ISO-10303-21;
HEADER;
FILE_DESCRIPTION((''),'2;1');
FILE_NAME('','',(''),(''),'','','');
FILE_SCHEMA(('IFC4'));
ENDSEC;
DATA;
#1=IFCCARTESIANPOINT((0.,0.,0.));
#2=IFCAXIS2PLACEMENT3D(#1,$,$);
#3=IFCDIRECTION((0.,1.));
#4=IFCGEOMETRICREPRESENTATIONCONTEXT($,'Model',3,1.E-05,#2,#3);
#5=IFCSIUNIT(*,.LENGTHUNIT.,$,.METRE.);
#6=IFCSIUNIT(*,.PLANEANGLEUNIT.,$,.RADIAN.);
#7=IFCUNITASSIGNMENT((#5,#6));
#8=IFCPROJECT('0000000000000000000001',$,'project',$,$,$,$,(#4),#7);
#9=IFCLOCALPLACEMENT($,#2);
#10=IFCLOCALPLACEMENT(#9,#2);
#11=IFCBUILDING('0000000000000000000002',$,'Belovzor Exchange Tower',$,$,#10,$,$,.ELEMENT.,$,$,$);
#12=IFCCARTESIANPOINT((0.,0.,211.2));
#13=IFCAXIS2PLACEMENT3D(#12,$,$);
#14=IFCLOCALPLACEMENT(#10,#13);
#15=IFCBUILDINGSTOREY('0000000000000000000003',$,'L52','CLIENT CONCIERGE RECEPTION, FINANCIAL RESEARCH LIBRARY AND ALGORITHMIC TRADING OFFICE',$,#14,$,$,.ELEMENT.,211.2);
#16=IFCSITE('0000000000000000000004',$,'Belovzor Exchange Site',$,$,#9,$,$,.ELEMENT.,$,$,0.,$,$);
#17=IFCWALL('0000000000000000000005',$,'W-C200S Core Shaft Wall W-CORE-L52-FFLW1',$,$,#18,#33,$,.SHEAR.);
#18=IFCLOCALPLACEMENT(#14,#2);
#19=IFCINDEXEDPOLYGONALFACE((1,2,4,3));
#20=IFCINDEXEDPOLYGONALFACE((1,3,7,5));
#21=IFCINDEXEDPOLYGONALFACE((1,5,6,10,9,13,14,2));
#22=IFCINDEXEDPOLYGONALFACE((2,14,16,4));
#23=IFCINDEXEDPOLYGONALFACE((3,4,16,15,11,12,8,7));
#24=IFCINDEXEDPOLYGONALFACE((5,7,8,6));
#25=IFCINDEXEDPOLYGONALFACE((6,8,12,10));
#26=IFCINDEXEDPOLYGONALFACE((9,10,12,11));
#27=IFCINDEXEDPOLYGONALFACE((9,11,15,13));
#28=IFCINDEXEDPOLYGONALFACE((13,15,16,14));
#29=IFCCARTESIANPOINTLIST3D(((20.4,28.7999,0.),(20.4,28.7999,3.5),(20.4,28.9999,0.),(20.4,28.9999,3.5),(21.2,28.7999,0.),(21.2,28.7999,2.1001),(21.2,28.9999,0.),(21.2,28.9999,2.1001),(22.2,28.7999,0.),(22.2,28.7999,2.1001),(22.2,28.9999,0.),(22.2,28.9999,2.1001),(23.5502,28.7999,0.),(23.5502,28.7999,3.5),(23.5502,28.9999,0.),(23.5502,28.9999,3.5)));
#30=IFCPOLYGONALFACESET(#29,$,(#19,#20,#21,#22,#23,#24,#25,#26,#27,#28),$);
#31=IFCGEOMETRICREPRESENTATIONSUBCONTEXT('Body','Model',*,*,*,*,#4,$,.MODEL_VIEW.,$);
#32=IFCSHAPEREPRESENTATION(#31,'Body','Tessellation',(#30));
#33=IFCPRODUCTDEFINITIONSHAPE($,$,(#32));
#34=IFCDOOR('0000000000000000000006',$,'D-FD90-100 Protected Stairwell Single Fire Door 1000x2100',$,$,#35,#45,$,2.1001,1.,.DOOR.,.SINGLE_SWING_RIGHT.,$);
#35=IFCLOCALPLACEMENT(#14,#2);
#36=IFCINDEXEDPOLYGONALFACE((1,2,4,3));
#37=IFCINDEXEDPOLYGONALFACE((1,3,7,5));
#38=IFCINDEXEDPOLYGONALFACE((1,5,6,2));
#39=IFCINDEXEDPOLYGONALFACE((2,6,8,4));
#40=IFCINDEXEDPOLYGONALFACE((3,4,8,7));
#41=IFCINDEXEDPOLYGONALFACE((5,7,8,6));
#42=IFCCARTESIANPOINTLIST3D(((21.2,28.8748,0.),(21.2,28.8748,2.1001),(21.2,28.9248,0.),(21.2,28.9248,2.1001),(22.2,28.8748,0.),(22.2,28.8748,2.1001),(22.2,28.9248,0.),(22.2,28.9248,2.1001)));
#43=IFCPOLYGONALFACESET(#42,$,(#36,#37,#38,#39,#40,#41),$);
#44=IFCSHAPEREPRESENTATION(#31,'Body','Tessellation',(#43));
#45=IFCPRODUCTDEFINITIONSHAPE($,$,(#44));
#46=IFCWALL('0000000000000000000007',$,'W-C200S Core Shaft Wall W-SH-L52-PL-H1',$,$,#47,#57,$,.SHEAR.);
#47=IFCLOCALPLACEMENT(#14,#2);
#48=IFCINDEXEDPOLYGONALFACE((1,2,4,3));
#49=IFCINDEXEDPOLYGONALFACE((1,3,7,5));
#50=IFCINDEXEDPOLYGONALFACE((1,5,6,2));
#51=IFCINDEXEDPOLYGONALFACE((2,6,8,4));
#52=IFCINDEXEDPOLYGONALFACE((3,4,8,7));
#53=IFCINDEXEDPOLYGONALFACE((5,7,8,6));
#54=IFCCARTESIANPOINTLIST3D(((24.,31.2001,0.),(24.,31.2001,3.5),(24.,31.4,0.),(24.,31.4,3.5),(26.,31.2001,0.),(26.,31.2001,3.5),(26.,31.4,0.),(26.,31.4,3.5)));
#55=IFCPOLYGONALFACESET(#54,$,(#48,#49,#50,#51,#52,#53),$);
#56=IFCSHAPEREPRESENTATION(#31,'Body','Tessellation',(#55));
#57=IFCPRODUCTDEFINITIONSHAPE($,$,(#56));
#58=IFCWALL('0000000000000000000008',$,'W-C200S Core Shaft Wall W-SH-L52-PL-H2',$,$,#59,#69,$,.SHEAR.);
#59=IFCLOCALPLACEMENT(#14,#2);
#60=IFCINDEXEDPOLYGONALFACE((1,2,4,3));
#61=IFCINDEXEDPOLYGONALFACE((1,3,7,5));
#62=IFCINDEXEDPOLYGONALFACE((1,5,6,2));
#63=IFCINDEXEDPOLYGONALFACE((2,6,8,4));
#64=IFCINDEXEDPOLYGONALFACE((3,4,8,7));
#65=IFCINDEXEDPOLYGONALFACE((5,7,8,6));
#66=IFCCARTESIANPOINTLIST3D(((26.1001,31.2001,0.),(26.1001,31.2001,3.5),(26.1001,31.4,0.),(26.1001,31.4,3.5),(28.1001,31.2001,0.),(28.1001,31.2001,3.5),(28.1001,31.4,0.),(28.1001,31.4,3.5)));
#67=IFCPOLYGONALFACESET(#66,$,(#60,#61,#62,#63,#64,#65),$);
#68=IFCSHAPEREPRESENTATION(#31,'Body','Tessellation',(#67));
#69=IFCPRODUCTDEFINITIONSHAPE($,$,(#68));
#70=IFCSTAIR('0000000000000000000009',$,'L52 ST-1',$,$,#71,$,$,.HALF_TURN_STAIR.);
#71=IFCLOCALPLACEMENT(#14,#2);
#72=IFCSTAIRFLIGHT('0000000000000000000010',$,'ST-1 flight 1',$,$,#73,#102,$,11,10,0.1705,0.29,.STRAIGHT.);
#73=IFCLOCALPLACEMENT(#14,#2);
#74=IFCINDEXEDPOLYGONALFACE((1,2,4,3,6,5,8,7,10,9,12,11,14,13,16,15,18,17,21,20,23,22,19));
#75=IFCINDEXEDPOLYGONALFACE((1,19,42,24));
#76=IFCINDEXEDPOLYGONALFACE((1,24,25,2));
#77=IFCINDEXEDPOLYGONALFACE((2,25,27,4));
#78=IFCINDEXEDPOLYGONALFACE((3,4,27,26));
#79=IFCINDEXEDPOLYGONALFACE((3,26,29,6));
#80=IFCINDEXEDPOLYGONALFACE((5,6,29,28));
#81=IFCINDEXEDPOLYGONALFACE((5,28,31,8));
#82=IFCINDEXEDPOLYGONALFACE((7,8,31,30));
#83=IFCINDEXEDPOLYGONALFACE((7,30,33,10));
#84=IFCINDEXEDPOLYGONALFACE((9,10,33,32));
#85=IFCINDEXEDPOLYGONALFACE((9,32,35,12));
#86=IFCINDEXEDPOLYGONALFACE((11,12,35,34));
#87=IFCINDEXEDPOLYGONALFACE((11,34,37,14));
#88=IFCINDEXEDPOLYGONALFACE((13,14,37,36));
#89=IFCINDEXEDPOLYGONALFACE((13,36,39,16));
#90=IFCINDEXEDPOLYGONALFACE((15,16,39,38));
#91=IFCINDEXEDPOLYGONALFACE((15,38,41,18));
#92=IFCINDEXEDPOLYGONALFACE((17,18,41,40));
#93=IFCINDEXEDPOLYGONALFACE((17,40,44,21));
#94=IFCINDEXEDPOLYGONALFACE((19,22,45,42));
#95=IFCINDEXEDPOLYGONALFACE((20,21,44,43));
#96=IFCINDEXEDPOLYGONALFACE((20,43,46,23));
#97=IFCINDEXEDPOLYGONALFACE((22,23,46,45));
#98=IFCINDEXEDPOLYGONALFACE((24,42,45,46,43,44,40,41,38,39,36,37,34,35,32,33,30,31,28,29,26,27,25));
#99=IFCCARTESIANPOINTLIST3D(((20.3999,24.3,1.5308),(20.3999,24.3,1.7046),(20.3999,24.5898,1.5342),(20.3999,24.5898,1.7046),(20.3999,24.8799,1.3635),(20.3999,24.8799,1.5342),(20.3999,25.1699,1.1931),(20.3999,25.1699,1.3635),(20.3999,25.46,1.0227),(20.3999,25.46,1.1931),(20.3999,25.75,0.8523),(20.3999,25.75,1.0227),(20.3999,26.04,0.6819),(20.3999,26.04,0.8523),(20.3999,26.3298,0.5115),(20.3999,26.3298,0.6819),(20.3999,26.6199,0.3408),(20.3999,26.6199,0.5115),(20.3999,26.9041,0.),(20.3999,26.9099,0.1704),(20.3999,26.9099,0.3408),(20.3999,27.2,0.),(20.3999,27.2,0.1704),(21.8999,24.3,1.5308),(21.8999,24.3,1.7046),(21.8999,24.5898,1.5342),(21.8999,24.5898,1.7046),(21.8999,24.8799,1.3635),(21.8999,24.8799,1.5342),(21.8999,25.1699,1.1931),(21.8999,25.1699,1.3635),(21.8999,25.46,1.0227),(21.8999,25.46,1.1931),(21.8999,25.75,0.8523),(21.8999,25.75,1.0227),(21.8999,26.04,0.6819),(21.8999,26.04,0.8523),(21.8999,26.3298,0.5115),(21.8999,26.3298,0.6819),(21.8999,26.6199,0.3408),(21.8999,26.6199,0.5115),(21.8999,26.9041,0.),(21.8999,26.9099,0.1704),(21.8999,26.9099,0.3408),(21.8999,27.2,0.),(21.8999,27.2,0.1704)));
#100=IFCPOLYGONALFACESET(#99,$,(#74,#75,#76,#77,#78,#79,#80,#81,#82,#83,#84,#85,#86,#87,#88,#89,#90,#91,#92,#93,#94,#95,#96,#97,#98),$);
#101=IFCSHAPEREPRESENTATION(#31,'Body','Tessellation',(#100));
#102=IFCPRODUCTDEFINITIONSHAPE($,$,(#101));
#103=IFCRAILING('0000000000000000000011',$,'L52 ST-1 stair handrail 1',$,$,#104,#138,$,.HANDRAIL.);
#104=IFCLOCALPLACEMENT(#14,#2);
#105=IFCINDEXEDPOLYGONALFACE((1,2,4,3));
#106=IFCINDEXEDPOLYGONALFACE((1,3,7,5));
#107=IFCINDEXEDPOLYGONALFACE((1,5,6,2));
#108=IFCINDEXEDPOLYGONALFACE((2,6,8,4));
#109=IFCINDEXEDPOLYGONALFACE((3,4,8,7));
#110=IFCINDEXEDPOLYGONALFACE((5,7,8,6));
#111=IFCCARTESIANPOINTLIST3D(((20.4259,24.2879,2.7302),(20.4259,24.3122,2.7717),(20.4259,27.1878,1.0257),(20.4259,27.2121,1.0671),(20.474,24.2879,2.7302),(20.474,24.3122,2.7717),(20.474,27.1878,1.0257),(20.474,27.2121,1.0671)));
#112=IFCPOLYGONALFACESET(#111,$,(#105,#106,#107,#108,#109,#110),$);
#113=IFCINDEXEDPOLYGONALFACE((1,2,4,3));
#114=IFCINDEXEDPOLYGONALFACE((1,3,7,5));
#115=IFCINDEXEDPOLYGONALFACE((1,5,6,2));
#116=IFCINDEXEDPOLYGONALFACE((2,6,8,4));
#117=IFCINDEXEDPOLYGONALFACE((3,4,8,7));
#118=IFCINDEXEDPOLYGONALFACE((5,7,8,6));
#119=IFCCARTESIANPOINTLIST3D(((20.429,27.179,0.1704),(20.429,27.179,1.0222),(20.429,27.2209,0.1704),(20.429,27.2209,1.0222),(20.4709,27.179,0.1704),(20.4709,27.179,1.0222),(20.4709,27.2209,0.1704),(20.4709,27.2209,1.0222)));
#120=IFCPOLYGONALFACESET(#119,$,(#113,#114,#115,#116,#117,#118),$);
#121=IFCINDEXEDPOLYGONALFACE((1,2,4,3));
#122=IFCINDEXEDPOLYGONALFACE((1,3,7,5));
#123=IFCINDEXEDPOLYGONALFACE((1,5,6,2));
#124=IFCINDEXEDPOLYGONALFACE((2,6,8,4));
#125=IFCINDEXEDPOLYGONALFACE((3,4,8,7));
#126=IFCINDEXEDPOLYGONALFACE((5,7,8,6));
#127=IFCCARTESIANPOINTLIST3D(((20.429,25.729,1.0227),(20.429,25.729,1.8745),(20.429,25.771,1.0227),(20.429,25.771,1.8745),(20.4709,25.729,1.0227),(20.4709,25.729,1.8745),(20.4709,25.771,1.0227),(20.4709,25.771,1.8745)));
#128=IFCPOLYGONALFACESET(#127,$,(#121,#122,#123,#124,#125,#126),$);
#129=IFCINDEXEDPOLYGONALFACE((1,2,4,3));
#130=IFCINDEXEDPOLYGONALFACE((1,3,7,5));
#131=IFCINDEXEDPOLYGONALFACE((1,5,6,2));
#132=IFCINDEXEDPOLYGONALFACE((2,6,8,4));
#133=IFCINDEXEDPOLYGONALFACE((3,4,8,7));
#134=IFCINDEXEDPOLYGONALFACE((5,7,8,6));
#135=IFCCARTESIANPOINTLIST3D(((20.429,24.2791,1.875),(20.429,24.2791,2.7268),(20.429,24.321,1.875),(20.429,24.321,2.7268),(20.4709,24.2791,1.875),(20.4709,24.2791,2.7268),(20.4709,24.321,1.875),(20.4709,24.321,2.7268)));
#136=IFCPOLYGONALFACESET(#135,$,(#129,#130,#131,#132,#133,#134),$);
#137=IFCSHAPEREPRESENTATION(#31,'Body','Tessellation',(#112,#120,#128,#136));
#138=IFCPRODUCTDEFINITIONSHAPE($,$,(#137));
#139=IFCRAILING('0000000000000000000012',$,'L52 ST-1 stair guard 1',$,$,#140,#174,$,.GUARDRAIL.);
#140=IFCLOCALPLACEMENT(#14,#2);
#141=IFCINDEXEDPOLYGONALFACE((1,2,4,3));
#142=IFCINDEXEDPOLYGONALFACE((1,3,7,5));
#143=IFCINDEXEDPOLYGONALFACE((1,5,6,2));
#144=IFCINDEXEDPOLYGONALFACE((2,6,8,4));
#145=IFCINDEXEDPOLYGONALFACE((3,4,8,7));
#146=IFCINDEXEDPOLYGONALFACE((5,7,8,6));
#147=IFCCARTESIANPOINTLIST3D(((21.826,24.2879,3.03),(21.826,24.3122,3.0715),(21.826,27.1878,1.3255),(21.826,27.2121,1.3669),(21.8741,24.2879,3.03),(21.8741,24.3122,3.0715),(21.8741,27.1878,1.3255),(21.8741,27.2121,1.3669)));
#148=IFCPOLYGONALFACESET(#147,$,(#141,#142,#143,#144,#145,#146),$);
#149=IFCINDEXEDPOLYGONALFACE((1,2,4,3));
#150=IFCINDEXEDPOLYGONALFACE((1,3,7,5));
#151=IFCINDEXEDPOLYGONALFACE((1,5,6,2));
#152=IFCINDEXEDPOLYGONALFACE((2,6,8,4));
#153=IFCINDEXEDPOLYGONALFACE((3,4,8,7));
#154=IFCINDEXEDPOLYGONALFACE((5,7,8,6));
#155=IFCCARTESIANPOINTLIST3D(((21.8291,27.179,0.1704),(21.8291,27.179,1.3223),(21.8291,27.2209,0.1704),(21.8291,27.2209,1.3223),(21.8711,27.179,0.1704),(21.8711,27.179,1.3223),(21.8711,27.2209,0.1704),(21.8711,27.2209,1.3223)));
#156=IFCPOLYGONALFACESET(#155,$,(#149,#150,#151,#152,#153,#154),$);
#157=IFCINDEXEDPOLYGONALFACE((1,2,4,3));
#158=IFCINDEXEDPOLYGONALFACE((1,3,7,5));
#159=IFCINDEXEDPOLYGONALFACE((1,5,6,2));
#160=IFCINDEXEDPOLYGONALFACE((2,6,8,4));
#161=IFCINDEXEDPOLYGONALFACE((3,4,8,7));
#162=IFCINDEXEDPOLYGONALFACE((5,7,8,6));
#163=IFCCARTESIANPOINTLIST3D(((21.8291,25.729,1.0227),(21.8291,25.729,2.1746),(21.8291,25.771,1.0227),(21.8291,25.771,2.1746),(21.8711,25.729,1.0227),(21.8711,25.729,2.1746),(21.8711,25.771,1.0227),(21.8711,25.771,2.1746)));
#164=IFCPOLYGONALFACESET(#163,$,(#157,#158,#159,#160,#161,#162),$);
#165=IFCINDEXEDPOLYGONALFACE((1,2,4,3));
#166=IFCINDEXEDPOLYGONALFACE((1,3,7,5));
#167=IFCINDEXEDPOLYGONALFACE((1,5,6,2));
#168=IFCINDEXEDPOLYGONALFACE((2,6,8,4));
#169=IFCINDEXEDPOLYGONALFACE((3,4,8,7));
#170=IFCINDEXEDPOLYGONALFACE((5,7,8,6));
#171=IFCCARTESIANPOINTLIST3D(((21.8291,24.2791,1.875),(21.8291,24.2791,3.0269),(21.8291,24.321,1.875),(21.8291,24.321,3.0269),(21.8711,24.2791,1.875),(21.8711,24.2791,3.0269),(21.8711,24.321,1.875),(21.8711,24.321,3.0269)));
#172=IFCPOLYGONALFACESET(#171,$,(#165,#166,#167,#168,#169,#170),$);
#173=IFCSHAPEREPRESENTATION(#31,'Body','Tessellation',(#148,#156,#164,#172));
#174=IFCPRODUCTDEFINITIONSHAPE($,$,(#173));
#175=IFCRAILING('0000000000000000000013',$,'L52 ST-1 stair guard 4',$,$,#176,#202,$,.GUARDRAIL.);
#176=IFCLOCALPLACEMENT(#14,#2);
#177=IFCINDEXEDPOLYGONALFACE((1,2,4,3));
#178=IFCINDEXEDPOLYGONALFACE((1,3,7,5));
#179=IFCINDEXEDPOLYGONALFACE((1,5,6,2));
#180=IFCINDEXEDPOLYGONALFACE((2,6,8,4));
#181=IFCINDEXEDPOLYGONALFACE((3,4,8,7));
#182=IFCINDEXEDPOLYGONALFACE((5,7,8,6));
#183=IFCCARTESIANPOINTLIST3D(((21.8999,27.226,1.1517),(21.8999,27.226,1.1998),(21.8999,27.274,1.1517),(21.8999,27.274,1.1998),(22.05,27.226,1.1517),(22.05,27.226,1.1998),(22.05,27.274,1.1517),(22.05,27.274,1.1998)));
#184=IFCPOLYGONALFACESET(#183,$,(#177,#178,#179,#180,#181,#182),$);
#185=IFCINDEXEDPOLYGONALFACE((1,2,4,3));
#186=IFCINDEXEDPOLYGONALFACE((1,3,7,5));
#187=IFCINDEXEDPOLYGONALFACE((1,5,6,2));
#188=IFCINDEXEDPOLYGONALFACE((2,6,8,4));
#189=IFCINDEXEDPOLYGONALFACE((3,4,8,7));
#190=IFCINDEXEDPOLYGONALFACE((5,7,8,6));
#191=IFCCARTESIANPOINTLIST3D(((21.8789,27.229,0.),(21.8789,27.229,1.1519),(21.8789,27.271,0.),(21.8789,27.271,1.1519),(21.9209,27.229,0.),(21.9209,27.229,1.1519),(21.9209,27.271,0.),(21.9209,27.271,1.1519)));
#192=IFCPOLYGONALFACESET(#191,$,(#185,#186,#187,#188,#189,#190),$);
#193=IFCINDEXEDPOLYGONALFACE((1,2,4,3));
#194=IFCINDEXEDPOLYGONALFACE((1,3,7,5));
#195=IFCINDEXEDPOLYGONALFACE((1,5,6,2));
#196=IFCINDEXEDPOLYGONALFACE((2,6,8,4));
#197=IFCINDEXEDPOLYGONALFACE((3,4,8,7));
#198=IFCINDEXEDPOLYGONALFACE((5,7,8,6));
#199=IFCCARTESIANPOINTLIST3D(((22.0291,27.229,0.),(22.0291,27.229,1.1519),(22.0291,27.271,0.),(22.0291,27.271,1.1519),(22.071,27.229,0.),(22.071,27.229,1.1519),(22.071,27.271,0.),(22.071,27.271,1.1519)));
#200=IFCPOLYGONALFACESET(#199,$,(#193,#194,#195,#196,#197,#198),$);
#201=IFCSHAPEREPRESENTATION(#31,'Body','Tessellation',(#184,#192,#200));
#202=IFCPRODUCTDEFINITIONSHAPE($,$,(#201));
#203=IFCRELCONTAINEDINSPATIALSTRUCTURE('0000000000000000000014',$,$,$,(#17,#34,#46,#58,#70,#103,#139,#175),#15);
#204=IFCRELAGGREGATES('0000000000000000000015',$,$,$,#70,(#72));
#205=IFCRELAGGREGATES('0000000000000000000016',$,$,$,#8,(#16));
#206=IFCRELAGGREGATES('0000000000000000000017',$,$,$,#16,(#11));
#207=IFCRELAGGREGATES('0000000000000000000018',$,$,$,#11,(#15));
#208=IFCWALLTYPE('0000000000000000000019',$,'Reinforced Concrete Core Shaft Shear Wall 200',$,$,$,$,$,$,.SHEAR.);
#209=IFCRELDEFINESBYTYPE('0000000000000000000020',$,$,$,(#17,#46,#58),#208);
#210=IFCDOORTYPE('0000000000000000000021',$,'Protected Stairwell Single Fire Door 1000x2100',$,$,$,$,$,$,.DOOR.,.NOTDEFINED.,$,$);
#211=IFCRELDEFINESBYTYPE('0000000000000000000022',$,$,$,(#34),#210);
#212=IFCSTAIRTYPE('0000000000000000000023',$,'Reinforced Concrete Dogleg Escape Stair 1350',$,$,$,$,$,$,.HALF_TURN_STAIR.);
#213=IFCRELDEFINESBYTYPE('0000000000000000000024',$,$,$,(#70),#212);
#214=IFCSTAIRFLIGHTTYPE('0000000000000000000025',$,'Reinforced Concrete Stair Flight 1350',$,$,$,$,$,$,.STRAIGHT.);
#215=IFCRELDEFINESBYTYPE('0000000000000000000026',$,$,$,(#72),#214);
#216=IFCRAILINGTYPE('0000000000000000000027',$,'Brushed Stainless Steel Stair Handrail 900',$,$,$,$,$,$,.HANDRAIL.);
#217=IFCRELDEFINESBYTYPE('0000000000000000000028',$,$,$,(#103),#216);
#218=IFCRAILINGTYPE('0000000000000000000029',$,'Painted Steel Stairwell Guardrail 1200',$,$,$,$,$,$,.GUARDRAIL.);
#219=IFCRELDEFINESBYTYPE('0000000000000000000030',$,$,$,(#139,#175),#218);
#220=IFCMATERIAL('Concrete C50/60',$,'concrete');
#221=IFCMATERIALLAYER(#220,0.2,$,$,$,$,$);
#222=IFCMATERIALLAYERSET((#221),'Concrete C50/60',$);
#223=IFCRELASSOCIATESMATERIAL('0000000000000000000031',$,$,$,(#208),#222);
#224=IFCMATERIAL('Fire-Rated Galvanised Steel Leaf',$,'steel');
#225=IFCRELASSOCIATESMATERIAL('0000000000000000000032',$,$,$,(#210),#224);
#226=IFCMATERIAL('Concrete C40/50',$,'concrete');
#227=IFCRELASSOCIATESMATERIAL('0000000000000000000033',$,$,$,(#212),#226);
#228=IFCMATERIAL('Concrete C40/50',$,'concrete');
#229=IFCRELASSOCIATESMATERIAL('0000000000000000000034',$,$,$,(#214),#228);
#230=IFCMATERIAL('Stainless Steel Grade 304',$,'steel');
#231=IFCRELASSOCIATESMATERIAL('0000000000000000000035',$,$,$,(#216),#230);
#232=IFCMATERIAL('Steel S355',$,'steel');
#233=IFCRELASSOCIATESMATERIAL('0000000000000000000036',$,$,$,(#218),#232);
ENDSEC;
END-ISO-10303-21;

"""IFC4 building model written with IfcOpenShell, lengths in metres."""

from ifc_helpers import new_model, si_unit, direction, frame, frame_2d, origin, origin_2d, place, context, subcontext, project, spatial, polyline, rectangle, outline, extrude, material, layer, layer_set, type_object, element, fill, aggregate, save


model = new_model("IFC4")

# Units and contexts
model_context = context("Model", 3, precision=1e-05, world=origin(), true_north=direction((0.0, 1.0)))
body_context = subcontext(model_context, "Body", "Model", "MODEL_VIEW")
ifc_project = project(units=[si_unit("LENGTHUNIT", "METRE"), si_unit("PLANEANGLEUNIT", "RADIAN")], contexts=[model_context])

# Site, building, storey
site_placement = place(None, origin())
site = spatial("IfcSite", under=ifc_project, at=site_placement, Name="Belovzor Exchange Site", CompositionType="ELEMENT", RefElevation=0.0)
building_placement = place(site_placement, origin())
building = spatial("IfcBuilding", under=site, at=building_placement, Name="Belovzor Exchange Tower", CompositionType="ELEMENT")
storey_placement = place(building_placement, frame((0.0, 0.0, 211.2)))
storey = spatial("IfcBuildingStorey", under=building, at=storey_placement, Name="L52", Description="CLIENT CONCIERGE RECEPTION, FINANCIAL RESEARCH LIBRARY AND ALGORITHMIC TRADING OFFICE", CompositionType="ELEMENT", Elevation=211.2)

# Wall, opening, door
ifc_material_1 = material(Name="Concrete C50/60", Category="concrete")
ifc_layer_1 = layer(ifc_material_1, 0.2)
ifc_layer_set_1 = layer_set([ifc_layer_1], Name="Concrete C50/60")
wall_type_1 = type_object("IfcWallType", Name="Reinforced Concrete Core Shaft Shear Wall 200", PredefinedType="SHEAR", material=ifc_layer_set_1)
wall_1_placement = place(storey_placement, frame((20.3999, 28.8999, 0.0), z_axis=(0.0, 0.0, 1.0), x_axis=(1.0, 0.0, 0.0)))
wall_1 = element("IfcWall", 1, at=wall_1_placement, inside=storey, type_object=wall_type_1, Name="W-C200S Core Shaft Wall W-CORE-L52-FFLW1", PredefinedType="SHEAR", context=body_context, shape_type="SweptSolid", body=[
    extrude(rectangle(XDim=3.1501, YDim=0.2, at=frame_2d((1.5752, 0.0))), origin(), (0.0, 0.0, 1.0), 3.5),
])
opening_1_placement = place(wall_1_placement, frame((0.8, 0.0, 0.0)))
opening_1 = element("IfcOpeningElement", 2, at=opening_1_placement, cuts=wall_1, PredefinedType="OPENING", context=body_context, shape_type="SweptSolid", body=[
    extrude(rectangle(XDim=1.0, YDim=2.1001, at=frame_2d((0.5, 1.05))), frame((0.0, 0.1099, 0.0), z_axis=(0.0, -1.0, 0.0), x_axis=(1.0, 0.0, 0.0)), (0.0, 0.0, 1.0), 0.22),
])
ifc_material_2 = material(Name="Fire-Rated Galvanised Steel Leaf", Category="steel")
door_type_1 = type_object("IfcDoorType", Name="Protected Stairwell Single Fire Door 1000x2100", OperationType="NOTDEFINED", PredefinedType="DOOR", material=ifc_material_2)
door_1_placement = place(opening_1_placement, origin())
door_1 = element("IfcDoor", 3, at=door_1_placement, inside=storey, type_object=door_type_1, Name="D-FD90-100 Protected Stairwell Single Fire Door 1000x2100", OperationType="SINGLE_SWING_RIGHT", OverallHeight=2.1001, OverallWidth=1.0, PredefinedType="DOOR", context=body_context, shape_type="SweptSolid", body=[
    extrude(rectangle(XDim=1.0, YDim=2.1001, at=frame_2d((0.5, 1.05))), frame((0.0, 0.0249, 0.0), z_axis=(0.0, -1.0, 0.0), x_axis=(1.0, 0.0, 0.0)), (0.0, 0.0, 1.0), 0.05),
])
fill(opening_1, door_1)

# Walls
for number, where, z_axis, x_axis, name in (
    (4, (24.0, 31.3, 0.0), (0.0, 0.0, 1.0), (1.0, 0.0, 0.0), "W-C200S Core Shaft Wall W-SH-L52-PL-H1"),
    (5, (26.1001, 31.3, 0.0), (0.0, 0.0, 1.0), (1.0, 0.0, 0.0), "W-C200S Core Shaft Wall W-SH-L52-PL-H2"),
):
    element("IfcWall", number, at=place(storey_placement, frame(where, z_axis=z_axis, x_axis=x_axis)), inside=storey, type_object=wall_type_1, Name=name, PredefinedType="SHEAR", context=body_context, shape_type="SweptSolid", body=[
        extrude(rectangle(XDim=2.0, YDim=0.2, at=frame_2d((1.0, 0.0))), origin(), (0.0, 0.0, 1.0), 3.5),
    ])

# Stair, stair flight
ifc_material_3 = material(Name="Concrete C40/50", Category="concrete")
stair_type = type_object("IfcStairType", Name="Reinforced Concrete Dogleg Escape Stair 1350", PredefinedType="HALF_TURN_STAIR", material=ifc_material_3)
stair_placement = place(storey_placement, origin())
stair = element("IfcStair", 6, at=stair_placement, inside=storey, type_object=stair_type, Name="L52 ST-1", PredefinedType="HALF_TURN_STAIR")
ifc_material_4 = material(Name="Concrete C40/50", Category="concrete")
stair_flight_type = type_object("IfcStairFlightType", Name="Reinforced Concrete Stair Flight 1350", PredefinedType="STRAIGHT", material=ifc_material_4)
stair_flight_placement = place(storey_placement, frame((21.1499, 27.2, 0.0), z_axis=(0.0, 0.0, 1.0), x_axis=(0.0, -1.0, 0.0)))
stair_flight = element("IfcStairFlight", 7, at=stair_flight_placement, type_object=stair_flight_type, Name="ST-1 flight 1", NumberOfRisers=11, NumberOfTreads=10, PredefinedType="STRAIGHT", RiserHeight=0.1705, TreadLength=0.29, context=body_context, shape_type="SweptSolid", body=[
    extrude(outline(polyline([(0.0, 0.0), (0.0, 0.1704), (0.29, 0.1704), (0.29, 0.3408), (0.5801, 0.3408), (0.5801, 0.5115), (0.8701, 0.5115), (0.8701, 0.6819), (1.1599, 0.6819), (1.1599, 0.8523), (1.45, 0.8523), (1.45, 1.0227), (1.74, 1.0227), (1.74, 1.1931), (2.03, 1.1931), (2.03, 1.3635), (2.3201, 1.3635), (2.3201, 1.5342), (2.6101, 1.5342), (2.6101, 1.7046), (2.8999, 1.7046), (2.8999, 1.875), (2.8999, 1.5308), (0.2959, 0.0), (0.0, 0.0)])), frame((0.0, 0.75, 0.0), z_axis=(0.0, -1.0, 0.0), x_axis=(1.0, 0.0, 0.0)), (0.0, 0.0, 1.0), 1.5),
])
aggregate(stair, [stair_flight])

# Railings
ifc_material_5 = material(Name="Stainless Steel Grade 304", Category="steel")
railing_type_1 = type_object("IfcRailingType", Name="Brushed Stainless Steel Stair Handrail 900", PredefinedType="HANDRAIL", material=ifc_material_5)
railing_1_placement = place(storey_placement, frame((20.45, 27.2, 0.1704)))
element("IfcRailing", 8, at=railing_1_placement, inside=storey, type_object=railing_type_1, Name="L52 ST-1 stair handrail 1", PredefinedType="HANDRAIL", context=body_context, shape_type="SweptSolid", body=[
    extrude(rectangle(XDim=0.0481, YDim=0.0481, at=origin_2d()), frame((0.0, 0.0, 0.876), z_axis=(0.0, -0.862095, 0.506747), x_axis=(1.0, 0.0, 0.0)), (0.0, 0.0, 1.0), 3.3638),
    extrude(rectangle(XDim=0.042, YDim=0.042, at=origin_2d()), origin(), (0.0, 0.0, 1.0), 0.8518),
    extrude(rectangle(XDim=0.042, YDim=0.042, at=origin_2d()), frame((0.0, -1.45, 0.8523)), (0.0, 0.0, 1.0), 0.8518),
    extrude(rectangle(XDim=0.042, YDim=0.042, at=origin_2d()), frame((0.0, -2.8999, 1.7046)), (0.0, 0.0, 1.0), 0.8518),
])
ifc_material_6 = material(Name="Steel S355", Category="steel")
railing_type_2 = type_object("IfcRailingType", Name="Painted Steel Stairwell Guardrail 1200", PredefinedType="GUARDRAIL", material=ifc_material_6)
railing_2_placement = place(storey_placement, frame((21.8501, 27.2, 0.1704)))
element("IfcRailing", 9, at=railing_2_placement, inside=storey, type_object=railing_type_2, Name="L52 ST-1 stair guard 1", PredefinedType="GUARDRAIL", context=body_context, shape_type="SweptSolid", body=[
    extrude(rectangle(XDim=0.0481, YDim=0.0481, at=origin_2d()), frame((0.0, 0.0, 1.1758), z_axis=(0.0, -0.862095, 0.506747), x_axis=(1.0, 0.0, 0.0)), (0.0, 0.0, 1.0), 3.3638),
    extrude(rectangle(XDim=0.042, YDim=0.042, at=origin_2d()), origin(), (0.0, 0.0, 1.0), 1.1519),
    extrude(rectangle(XDim=0.042, YDim=0.042, at=origin_2d()), frame((0.0, -1.45, 0.8523)), (0.0, 0.0, 1.0), 1.1519),
    extrude(rectangle(XDim=0.042, YDim=0.042, at=origin_2d()), frame((0.0, -2.8999, 1.7046)), (0.0, 0.0, 1.0), 1.1519),
])
railing_3_placement = place(storey_placement, frame((21.8999, 27.25, 0.0)))
element("IfcRailing", 10, at=railing_3_placement, inside=storey, type_object=railing_type_2, Name="L52 ST-1 stair guard 4", PredefinedType="GUARDRAIL", context=body_context, shape_type="SweptSolid", body=[
    extrude(rectangle(XDim=0.0481, YDim=0.0481, at=origin_2d()), frame((0.0, 0.0, 1.1758), z_axis=(1.0, 0.0, 0.0), x_axis=(0.0, 1.0, 0.0)), (0.0, 0.0, 1.0), 0.1501),
    extrude(rectangle(XDim=0.042, YDim=0.042, at=origin_2d()), origin(), (0.0, 0.0, 1.0), 1.1519),
    extrude(rectangle(XDim=0.042, YDim=0.042, at=origin_2d()), frame((0.1501, 0.0, 0.0)), (0.0, 0.0, 1.0), 1.1519),
])

save(model, "model.ifc")
